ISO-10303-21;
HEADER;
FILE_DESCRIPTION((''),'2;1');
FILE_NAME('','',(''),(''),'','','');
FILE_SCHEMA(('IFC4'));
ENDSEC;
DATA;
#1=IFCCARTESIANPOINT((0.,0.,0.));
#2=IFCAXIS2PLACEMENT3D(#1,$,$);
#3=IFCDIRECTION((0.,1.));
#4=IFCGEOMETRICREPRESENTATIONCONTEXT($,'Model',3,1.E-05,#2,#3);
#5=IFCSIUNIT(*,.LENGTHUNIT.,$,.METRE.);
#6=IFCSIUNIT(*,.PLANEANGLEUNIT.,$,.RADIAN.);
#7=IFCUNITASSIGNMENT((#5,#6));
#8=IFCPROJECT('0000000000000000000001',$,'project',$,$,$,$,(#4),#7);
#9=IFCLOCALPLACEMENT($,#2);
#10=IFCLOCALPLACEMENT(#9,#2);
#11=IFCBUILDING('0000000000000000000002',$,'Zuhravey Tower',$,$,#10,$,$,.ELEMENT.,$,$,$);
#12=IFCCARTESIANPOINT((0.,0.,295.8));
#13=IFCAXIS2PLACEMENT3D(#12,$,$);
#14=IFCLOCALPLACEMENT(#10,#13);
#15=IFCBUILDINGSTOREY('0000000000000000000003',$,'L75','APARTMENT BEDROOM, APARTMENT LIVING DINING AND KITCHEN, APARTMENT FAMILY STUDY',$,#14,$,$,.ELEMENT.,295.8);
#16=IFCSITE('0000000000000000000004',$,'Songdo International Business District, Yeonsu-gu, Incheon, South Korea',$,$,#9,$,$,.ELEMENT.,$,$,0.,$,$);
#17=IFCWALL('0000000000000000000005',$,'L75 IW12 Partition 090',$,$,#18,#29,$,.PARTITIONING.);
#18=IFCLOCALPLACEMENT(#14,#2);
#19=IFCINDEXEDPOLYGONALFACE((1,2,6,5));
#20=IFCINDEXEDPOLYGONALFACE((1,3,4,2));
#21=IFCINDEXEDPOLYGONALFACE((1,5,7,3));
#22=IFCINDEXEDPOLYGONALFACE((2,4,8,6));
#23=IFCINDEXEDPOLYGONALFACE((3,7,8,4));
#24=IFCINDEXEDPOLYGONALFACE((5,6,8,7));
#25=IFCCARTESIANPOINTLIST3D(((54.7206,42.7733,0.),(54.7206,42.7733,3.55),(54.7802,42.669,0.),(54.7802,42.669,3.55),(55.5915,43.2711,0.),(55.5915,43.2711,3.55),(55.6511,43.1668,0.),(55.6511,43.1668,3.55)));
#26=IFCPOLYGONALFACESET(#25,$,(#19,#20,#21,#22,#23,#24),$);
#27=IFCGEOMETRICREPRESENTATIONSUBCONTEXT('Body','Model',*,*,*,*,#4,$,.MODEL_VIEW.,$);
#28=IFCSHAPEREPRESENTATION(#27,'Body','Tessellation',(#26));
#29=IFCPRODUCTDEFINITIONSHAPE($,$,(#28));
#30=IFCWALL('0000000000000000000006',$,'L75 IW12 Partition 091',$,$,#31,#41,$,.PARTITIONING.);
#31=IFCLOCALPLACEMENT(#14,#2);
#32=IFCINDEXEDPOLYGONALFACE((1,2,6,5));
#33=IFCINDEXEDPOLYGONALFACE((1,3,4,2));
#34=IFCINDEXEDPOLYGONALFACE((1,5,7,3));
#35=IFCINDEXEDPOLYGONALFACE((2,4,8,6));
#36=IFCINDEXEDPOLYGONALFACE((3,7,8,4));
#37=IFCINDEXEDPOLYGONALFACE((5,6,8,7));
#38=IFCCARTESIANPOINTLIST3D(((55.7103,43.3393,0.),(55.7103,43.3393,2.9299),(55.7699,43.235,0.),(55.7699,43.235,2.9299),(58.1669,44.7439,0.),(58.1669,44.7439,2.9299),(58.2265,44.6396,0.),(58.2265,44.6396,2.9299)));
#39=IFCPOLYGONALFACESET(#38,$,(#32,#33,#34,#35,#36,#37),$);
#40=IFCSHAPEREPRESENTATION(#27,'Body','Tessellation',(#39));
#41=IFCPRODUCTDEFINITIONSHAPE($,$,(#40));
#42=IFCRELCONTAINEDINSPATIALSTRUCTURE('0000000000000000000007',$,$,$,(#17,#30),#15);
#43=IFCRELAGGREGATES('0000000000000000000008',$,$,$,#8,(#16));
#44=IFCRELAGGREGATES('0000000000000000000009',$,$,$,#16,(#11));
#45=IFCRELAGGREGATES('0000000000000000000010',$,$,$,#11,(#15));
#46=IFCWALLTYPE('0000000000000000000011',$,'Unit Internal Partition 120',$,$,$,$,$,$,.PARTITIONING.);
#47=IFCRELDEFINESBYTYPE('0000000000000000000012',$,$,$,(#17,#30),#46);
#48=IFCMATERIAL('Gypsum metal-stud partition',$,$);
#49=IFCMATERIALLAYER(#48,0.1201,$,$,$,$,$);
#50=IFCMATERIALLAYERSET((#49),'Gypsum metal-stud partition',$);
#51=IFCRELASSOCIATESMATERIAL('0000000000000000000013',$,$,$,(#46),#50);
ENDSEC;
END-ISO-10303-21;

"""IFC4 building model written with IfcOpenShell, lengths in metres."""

from ifc_helpers import new_model, si_unit, direction, frame, frame_2d, origin, place, context, subcontext, project, spatial, rectangle, extrude, material, layer, layer_set, type_object, element, save


model = new_model("IFC4")

# Units and contexts
model_context = context("Model", 3, precision=1e-05, world=origin(), true_north=direction((0.0, 1.0)))
body_context = subcontext(model_context, "Body", "Model", "MODEL_VIEW")
ifc_project = project(units=[si_unit("LENGTHUNIT", "METRE"), si_unit("PLANEANGLEUNIT", "RADIAN")], contexts=[model_context])

# Site, building, storey
site_placement = place(None, origin())
site = spatial("IfcSite", under=ifc_project, at=site_placement, Name="Songdo International Business District, Yeonsu-gu, Incheon, South Korea", CompositionType="ELEMENT", RefElevation=0.0)
building_placement = place(site_placement, origin())
building = spatial("IfcBuilding", under=site, at=building_placement, Name="Zuhravey Tower", CompositionType="ELEMENT")
storey_placement = place(building_placement, frame((0.0, 0.0, 295.8)))
storey = spatial("IfcBuildingStorey", under=building, at=storey_placement, Name="L75", Description="APARTMENT BEDROOM, APARTMENT LIVING DINING AND KITCHEN, APARTMENT FAMILY STUDY", CompositionType="ELEMENT", Elevation=295.8)

# Shared definitions
ifc_material_1 = material(Name="Gypsum metal-stud partition")
ifc_layer_1 = layer(ifc_material_1, 0.1201)
ifc_layer_set_1 = layer_set([ifc_layer_1], Name="Gypsum metal-stud partition")
wall_type = type_object("IfcWallType", Name="Unit Internal Partition 120", PredefinedType="PARTITIONING", material=ifc_layer_set_1)

# Walls
wall_1_placement = place(storey_placement, frame((54.7505, 42.7212, 0.0), z_axis=(0.0, 0.0, 1.0), x_axis=(0.868168, 0.49627, 0.0)))
element("IfcWall", 1, at=wall_1_placement, inside=storey, type_object=wall_type, Name="L75 IW12 Partition 090", PredefinedType="PARTITIONING", context=body_context, shape_type="SweptSolid", body=[
    extrude(rectangle(XDim=1.0032, YDim=0.1201, at=frame_2d((0.5015, 0.0))), origin(), (0.0, 0.0, 1.0), 3.55),
])
wall_2_placement = place(storey_placement, frame((55.74, 43.2871, 0.0), z_axis=(0.0, 0.0, 1.0), x_axis=(0.868121, 0.496353, 0.0)))
element("IfcWall", 2, at=wall_2_placement, inside=storey, type_object=wall_type, Name="L75 IW12 Partition 091", PredefinedType="PARTITIONING", context=body_context, shape_type="SweptSolid", body=[
    extrude(rectangle(XDim=2.8298, YDim=0.1201, at=frame_2d((1.415, 0.0))), origin(), (0.0, 0.0, 1.0), 2.9299),
])

save(model, "model.ifc")
